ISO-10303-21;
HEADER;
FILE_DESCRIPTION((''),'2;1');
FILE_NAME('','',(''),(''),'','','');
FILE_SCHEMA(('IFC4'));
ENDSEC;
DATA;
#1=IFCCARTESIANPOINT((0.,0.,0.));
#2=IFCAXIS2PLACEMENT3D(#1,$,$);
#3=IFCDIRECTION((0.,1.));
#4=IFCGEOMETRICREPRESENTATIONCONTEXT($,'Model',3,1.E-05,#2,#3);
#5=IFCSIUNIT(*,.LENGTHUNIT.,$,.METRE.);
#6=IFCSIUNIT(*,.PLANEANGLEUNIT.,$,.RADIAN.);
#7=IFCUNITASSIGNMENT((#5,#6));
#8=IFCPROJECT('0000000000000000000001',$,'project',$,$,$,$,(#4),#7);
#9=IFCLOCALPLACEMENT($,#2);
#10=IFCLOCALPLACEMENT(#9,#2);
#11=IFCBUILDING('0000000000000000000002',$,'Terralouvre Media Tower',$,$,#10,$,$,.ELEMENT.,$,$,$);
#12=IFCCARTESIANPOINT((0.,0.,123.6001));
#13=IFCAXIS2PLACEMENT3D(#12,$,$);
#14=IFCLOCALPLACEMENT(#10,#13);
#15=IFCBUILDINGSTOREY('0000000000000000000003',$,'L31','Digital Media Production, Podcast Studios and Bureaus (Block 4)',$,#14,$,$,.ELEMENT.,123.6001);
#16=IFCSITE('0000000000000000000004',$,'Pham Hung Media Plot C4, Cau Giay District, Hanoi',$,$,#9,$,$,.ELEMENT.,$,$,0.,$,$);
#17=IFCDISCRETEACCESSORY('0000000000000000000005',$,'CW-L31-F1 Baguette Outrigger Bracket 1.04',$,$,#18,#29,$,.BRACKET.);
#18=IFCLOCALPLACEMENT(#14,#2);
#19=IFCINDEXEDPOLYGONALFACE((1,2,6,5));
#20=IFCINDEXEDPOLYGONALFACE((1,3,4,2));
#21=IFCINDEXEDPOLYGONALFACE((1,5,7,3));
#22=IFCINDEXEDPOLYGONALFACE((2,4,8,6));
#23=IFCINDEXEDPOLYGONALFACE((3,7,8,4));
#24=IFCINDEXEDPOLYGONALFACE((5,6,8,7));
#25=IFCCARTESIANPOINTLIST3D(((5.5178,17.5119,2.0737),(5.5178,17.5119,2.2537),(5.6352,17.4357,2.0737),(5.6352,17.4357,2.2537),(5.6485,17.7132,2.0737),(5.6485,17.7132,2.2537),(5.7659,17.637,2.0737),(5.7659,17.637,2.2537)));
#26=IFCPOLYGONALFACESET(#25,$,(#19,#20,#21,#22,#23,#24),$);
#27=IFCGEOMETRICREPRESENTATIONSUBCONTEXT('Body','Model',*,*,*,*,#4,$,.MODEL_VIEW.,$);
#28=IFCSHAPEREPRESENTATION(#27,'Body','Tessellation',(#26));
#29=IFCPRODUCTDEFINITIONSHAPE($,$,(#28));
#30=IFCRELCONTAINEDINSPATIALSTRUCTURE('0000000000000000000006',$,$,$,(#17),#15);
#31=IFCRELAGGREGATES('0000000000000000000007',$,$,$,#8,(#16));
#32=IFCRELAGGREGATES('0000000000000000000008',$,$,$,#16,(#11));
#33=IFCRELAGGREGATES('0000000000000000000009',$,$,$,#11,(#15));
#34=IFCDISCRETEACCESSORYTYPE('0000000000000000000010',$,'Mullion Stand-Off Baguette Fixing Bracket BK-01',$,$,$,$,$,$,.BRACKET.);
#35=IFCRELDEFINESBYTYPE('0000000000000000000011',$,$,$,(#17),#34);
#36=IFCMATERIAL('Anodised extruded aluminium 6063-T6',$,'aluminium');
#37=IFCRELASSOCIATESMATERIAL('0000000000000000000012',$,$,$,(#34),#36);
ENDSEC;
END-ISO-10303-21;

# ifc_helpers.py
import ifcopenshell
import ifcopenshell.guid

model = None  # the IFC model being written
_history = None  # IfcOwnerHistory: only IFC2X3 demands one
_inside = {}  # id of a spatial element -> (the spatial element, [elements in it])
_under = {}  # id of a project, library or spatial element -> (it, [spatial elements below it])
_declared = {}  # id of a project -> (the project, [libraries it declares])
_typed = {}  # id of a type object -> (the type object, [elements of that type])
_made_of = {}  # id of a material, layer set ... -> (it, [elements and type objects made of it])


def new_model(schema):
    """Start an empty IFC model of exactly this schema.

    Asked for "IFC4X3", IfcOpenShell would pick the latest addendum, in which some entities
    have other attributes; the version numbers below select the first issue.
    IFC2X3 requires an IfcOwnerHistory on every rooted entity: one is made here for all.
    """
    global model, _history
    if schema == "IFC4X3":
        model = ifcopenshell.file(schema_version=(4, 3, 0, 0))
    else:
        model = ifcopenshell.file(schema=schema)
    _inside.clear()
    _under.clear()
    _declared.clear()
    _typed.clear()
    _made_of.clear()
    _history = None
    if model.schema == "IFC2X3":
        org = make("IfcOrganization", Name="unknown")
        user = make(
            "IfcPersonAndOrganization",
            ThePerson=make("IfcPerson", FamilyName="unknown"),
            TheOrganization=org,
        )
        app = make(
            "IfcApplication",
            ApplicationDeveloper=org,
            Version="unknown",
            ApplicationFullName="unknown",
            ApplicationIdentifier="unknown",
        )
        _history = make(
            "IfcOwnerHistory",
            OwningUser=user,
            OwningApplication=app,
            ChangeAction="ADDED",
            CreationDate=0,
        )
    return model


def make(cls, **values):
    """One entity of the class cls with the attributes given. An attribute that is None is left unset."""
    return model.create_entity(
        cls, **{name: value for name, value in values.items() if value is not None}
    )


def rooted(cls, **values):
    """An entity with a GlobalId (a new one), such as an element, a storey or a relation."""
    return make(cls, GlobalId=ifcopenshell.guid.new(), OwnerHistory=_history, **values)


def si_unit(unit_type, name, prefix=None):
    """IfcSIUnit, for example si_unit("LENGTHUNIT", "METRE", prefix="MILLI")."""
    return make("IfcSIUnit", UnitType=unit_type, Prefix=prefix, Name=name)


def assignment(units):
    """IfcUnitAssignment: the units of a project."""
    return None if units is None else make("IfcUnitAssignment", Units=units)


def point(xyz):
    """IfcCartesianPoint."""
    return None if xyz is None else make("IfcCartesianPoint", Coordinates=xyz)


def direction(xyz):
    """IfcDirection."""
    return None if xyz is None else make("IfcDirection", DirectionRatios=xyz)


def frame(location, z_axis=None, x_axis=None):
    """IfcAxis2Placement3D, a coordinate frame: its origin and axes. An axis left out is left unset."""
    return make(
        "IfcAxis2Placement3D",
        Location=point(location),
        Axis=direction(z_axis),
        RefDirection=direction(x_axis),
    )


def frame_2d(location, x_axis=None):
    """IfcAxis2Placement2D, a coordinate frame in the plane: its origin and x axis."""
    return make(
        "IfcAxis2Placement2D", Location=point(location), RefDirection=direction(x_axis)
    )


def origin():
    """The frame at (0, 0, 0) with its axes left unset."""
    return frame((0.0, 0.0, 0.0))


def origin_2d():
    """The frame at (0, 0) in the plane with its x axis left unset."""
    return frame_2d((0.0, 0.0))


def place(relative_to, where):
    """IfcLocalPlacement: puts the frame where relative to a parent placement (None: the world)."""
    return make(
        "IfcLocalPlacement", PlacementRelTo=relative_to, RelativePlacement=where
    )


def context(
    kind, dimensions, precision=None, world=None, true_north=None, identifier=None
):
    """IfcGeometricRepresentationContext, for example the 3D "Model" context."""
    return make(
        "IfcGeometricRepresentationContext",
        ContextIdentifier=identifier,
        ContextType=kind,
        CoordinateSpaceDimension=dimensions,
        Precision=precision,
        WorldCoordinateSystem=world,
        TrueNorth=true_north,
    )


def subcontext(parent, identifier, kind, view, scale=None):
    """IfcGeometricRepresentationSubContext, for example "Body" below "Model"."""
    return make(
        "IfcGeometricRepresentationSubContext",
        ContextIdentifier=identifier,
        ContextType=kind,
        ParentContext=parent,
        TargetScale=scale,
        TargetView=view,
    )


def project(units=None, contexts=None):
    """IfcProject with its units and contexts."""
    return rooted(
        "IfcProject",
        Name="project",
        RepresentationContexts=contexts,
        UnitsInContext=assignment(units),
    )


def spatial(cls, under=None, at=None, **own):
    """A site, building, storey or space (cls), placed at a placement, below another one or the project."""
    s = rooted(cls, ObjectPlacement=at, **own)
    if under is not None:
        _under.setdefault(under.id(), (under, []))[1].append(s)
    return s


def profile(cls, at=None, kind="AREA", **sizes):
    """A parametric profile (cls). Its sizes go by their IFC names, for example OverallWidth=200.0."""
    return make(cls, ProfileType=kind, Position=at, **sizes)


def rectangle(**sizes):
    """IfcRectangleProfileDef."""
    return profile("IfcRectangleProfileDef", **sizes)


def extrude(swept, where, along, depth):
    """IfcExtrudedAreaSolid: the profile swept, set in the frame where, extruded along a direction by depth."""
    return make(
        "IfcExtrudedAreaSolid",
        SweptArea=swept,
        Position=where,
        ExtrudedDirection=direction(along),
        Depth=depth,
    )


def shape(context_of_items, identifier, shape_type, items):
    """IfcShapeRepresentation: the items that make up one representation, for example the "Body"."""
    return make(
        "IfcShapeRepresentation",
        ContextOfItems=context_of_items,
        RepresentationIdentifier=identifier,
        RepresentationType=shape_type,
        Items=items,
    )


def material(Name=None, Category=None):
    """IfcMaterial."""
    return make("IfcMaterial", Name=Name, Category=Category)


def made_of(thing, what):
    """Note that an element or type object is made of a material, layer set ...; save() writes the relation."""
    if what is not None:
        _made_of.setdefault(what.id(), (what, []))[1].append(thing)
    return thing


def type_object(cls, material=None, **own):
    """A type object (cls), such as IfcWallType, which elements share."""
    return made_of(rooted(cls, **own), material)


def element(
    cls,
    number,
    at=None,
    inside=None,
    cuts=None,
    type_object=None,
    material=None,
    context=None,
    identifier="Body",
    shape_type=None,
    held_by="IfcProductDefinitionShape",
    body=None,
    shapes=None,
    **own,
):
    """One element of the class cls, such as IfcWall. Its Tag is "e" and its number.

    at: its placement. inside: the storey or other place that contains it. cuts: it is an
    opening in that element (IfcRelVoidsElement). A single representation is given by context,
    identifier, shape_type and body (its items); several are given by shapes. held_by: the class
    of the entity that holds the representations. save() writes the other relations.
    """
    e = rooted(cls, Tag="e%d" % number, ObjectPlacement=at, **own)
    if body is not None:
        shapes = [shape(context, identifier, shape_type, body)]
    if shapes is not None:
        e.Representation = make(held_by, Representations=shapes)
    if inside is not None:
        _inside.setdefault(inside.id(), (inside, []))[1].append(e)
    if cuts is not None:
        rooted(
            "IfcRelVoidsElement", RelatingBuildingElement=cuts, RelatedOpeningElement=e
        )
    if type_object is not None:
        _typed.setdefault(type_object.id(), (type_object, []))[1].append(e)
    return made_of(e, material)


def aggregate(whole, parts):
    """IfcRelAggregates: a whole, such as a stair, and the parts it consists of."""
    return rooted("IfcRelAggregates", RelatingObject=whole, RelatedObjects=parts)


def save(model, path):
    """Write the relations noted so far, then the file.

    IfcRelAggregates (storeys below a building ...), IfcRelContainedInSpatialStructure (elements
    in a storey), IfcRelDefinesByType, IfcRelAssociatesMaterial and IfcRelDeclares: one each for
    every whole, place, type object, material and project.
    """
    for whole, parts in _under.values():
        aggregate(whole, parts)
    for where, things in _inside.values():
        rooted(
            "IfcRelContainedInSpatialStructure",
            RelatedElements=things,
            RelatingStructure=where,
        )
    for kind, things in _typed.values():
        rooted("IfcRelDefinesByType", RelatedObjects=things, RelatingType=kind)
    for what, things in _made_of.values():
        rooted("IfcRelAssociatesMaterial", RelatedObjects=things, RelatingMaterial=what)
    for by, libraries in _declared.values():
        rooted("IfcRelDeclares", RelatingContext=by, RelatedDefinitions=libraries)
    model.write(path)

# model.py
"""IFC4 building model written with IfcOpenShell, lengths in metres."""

from ifc_helpers import new_model, si_unit, direction, frame, origin, origin_2d, place, context, subcontext, project, spatial, rectangle, extrude, material, type_object, element, save


model = new_model("IFC4")

# Units and contexts
model_context = context("Model", 3, precision=1e-05, world=origin(), true_north=direction((0.0, 1.0)))
body_context = subcontext(model_context, "Body", "Model", "MODEL_VIEW")
ifc_project = project(units=[si_unit("LENGTHUNIT", "METRE"), si_unit("PLANEANGLEUNIT", "RADIAN")], contexts=[model_context])

# Site, building, storey
site_placement = place(None, origin())
site = spatial("IfcSite", under=ifc_project, at=site_placement, Name="Pham Hung Media Plot C4, Cau Giay District, Hanoi", CompositionType="ELEMENT", RefElevation=0.0)
building_placement = place(site_placement, origin())
building = spatial("IfcBuilding", under=site, at=building_placement, Name="Terralouvre Media Tower", CompositionType="ELEMENT")
storey_placement = place(building_placement, frame((0.0, 0.0, 123.6001)))
storey = spatial("IfcBuildingStorey", under=building, at=storey_placement, Name="L31", Description="Digital Media Production, Podcast Studios and Bureaus (Block 4)", CompositionType="ELEMENT", Elevation=123.6001)

# Discrete accessory
ifc_material_1 = material(Name="Anodised extruded aluminium 6063-T6", Category="aluminium")
discrete_accessory_type = type_object("IfcDiscreteAccessoryType", Name="Mullion Stand-Off Baguette Fixing Bracket BK-01", PredefinedType="BRACKET", material=ifc_material_1)
discrete_accessory_placement = place(storey_placement, frame((5.6418, 17.5745, 2.0737), z_axis=(0.0, 0.0, 1.0), x_axis=(-0.838671, 0.544639, 0.0)))
element("IfcDiscreteAccessory", 1, at=discrete_accessory_placement, inside=storey, type_object=discrete_accessory_type, Name="CW-L31-F1 Baguette Outrigger Bracket 1.04", PredefinedType="BRACKET", context=body_context, shape_type="SweptSolid", body=[
    extrude(rectangle(XDim=0.1399, YDim=0.24, at=origin_2d()), origin(), (0.0, 0.0, 1.0), 0.1799),
])

save(model, "model.ifc")
